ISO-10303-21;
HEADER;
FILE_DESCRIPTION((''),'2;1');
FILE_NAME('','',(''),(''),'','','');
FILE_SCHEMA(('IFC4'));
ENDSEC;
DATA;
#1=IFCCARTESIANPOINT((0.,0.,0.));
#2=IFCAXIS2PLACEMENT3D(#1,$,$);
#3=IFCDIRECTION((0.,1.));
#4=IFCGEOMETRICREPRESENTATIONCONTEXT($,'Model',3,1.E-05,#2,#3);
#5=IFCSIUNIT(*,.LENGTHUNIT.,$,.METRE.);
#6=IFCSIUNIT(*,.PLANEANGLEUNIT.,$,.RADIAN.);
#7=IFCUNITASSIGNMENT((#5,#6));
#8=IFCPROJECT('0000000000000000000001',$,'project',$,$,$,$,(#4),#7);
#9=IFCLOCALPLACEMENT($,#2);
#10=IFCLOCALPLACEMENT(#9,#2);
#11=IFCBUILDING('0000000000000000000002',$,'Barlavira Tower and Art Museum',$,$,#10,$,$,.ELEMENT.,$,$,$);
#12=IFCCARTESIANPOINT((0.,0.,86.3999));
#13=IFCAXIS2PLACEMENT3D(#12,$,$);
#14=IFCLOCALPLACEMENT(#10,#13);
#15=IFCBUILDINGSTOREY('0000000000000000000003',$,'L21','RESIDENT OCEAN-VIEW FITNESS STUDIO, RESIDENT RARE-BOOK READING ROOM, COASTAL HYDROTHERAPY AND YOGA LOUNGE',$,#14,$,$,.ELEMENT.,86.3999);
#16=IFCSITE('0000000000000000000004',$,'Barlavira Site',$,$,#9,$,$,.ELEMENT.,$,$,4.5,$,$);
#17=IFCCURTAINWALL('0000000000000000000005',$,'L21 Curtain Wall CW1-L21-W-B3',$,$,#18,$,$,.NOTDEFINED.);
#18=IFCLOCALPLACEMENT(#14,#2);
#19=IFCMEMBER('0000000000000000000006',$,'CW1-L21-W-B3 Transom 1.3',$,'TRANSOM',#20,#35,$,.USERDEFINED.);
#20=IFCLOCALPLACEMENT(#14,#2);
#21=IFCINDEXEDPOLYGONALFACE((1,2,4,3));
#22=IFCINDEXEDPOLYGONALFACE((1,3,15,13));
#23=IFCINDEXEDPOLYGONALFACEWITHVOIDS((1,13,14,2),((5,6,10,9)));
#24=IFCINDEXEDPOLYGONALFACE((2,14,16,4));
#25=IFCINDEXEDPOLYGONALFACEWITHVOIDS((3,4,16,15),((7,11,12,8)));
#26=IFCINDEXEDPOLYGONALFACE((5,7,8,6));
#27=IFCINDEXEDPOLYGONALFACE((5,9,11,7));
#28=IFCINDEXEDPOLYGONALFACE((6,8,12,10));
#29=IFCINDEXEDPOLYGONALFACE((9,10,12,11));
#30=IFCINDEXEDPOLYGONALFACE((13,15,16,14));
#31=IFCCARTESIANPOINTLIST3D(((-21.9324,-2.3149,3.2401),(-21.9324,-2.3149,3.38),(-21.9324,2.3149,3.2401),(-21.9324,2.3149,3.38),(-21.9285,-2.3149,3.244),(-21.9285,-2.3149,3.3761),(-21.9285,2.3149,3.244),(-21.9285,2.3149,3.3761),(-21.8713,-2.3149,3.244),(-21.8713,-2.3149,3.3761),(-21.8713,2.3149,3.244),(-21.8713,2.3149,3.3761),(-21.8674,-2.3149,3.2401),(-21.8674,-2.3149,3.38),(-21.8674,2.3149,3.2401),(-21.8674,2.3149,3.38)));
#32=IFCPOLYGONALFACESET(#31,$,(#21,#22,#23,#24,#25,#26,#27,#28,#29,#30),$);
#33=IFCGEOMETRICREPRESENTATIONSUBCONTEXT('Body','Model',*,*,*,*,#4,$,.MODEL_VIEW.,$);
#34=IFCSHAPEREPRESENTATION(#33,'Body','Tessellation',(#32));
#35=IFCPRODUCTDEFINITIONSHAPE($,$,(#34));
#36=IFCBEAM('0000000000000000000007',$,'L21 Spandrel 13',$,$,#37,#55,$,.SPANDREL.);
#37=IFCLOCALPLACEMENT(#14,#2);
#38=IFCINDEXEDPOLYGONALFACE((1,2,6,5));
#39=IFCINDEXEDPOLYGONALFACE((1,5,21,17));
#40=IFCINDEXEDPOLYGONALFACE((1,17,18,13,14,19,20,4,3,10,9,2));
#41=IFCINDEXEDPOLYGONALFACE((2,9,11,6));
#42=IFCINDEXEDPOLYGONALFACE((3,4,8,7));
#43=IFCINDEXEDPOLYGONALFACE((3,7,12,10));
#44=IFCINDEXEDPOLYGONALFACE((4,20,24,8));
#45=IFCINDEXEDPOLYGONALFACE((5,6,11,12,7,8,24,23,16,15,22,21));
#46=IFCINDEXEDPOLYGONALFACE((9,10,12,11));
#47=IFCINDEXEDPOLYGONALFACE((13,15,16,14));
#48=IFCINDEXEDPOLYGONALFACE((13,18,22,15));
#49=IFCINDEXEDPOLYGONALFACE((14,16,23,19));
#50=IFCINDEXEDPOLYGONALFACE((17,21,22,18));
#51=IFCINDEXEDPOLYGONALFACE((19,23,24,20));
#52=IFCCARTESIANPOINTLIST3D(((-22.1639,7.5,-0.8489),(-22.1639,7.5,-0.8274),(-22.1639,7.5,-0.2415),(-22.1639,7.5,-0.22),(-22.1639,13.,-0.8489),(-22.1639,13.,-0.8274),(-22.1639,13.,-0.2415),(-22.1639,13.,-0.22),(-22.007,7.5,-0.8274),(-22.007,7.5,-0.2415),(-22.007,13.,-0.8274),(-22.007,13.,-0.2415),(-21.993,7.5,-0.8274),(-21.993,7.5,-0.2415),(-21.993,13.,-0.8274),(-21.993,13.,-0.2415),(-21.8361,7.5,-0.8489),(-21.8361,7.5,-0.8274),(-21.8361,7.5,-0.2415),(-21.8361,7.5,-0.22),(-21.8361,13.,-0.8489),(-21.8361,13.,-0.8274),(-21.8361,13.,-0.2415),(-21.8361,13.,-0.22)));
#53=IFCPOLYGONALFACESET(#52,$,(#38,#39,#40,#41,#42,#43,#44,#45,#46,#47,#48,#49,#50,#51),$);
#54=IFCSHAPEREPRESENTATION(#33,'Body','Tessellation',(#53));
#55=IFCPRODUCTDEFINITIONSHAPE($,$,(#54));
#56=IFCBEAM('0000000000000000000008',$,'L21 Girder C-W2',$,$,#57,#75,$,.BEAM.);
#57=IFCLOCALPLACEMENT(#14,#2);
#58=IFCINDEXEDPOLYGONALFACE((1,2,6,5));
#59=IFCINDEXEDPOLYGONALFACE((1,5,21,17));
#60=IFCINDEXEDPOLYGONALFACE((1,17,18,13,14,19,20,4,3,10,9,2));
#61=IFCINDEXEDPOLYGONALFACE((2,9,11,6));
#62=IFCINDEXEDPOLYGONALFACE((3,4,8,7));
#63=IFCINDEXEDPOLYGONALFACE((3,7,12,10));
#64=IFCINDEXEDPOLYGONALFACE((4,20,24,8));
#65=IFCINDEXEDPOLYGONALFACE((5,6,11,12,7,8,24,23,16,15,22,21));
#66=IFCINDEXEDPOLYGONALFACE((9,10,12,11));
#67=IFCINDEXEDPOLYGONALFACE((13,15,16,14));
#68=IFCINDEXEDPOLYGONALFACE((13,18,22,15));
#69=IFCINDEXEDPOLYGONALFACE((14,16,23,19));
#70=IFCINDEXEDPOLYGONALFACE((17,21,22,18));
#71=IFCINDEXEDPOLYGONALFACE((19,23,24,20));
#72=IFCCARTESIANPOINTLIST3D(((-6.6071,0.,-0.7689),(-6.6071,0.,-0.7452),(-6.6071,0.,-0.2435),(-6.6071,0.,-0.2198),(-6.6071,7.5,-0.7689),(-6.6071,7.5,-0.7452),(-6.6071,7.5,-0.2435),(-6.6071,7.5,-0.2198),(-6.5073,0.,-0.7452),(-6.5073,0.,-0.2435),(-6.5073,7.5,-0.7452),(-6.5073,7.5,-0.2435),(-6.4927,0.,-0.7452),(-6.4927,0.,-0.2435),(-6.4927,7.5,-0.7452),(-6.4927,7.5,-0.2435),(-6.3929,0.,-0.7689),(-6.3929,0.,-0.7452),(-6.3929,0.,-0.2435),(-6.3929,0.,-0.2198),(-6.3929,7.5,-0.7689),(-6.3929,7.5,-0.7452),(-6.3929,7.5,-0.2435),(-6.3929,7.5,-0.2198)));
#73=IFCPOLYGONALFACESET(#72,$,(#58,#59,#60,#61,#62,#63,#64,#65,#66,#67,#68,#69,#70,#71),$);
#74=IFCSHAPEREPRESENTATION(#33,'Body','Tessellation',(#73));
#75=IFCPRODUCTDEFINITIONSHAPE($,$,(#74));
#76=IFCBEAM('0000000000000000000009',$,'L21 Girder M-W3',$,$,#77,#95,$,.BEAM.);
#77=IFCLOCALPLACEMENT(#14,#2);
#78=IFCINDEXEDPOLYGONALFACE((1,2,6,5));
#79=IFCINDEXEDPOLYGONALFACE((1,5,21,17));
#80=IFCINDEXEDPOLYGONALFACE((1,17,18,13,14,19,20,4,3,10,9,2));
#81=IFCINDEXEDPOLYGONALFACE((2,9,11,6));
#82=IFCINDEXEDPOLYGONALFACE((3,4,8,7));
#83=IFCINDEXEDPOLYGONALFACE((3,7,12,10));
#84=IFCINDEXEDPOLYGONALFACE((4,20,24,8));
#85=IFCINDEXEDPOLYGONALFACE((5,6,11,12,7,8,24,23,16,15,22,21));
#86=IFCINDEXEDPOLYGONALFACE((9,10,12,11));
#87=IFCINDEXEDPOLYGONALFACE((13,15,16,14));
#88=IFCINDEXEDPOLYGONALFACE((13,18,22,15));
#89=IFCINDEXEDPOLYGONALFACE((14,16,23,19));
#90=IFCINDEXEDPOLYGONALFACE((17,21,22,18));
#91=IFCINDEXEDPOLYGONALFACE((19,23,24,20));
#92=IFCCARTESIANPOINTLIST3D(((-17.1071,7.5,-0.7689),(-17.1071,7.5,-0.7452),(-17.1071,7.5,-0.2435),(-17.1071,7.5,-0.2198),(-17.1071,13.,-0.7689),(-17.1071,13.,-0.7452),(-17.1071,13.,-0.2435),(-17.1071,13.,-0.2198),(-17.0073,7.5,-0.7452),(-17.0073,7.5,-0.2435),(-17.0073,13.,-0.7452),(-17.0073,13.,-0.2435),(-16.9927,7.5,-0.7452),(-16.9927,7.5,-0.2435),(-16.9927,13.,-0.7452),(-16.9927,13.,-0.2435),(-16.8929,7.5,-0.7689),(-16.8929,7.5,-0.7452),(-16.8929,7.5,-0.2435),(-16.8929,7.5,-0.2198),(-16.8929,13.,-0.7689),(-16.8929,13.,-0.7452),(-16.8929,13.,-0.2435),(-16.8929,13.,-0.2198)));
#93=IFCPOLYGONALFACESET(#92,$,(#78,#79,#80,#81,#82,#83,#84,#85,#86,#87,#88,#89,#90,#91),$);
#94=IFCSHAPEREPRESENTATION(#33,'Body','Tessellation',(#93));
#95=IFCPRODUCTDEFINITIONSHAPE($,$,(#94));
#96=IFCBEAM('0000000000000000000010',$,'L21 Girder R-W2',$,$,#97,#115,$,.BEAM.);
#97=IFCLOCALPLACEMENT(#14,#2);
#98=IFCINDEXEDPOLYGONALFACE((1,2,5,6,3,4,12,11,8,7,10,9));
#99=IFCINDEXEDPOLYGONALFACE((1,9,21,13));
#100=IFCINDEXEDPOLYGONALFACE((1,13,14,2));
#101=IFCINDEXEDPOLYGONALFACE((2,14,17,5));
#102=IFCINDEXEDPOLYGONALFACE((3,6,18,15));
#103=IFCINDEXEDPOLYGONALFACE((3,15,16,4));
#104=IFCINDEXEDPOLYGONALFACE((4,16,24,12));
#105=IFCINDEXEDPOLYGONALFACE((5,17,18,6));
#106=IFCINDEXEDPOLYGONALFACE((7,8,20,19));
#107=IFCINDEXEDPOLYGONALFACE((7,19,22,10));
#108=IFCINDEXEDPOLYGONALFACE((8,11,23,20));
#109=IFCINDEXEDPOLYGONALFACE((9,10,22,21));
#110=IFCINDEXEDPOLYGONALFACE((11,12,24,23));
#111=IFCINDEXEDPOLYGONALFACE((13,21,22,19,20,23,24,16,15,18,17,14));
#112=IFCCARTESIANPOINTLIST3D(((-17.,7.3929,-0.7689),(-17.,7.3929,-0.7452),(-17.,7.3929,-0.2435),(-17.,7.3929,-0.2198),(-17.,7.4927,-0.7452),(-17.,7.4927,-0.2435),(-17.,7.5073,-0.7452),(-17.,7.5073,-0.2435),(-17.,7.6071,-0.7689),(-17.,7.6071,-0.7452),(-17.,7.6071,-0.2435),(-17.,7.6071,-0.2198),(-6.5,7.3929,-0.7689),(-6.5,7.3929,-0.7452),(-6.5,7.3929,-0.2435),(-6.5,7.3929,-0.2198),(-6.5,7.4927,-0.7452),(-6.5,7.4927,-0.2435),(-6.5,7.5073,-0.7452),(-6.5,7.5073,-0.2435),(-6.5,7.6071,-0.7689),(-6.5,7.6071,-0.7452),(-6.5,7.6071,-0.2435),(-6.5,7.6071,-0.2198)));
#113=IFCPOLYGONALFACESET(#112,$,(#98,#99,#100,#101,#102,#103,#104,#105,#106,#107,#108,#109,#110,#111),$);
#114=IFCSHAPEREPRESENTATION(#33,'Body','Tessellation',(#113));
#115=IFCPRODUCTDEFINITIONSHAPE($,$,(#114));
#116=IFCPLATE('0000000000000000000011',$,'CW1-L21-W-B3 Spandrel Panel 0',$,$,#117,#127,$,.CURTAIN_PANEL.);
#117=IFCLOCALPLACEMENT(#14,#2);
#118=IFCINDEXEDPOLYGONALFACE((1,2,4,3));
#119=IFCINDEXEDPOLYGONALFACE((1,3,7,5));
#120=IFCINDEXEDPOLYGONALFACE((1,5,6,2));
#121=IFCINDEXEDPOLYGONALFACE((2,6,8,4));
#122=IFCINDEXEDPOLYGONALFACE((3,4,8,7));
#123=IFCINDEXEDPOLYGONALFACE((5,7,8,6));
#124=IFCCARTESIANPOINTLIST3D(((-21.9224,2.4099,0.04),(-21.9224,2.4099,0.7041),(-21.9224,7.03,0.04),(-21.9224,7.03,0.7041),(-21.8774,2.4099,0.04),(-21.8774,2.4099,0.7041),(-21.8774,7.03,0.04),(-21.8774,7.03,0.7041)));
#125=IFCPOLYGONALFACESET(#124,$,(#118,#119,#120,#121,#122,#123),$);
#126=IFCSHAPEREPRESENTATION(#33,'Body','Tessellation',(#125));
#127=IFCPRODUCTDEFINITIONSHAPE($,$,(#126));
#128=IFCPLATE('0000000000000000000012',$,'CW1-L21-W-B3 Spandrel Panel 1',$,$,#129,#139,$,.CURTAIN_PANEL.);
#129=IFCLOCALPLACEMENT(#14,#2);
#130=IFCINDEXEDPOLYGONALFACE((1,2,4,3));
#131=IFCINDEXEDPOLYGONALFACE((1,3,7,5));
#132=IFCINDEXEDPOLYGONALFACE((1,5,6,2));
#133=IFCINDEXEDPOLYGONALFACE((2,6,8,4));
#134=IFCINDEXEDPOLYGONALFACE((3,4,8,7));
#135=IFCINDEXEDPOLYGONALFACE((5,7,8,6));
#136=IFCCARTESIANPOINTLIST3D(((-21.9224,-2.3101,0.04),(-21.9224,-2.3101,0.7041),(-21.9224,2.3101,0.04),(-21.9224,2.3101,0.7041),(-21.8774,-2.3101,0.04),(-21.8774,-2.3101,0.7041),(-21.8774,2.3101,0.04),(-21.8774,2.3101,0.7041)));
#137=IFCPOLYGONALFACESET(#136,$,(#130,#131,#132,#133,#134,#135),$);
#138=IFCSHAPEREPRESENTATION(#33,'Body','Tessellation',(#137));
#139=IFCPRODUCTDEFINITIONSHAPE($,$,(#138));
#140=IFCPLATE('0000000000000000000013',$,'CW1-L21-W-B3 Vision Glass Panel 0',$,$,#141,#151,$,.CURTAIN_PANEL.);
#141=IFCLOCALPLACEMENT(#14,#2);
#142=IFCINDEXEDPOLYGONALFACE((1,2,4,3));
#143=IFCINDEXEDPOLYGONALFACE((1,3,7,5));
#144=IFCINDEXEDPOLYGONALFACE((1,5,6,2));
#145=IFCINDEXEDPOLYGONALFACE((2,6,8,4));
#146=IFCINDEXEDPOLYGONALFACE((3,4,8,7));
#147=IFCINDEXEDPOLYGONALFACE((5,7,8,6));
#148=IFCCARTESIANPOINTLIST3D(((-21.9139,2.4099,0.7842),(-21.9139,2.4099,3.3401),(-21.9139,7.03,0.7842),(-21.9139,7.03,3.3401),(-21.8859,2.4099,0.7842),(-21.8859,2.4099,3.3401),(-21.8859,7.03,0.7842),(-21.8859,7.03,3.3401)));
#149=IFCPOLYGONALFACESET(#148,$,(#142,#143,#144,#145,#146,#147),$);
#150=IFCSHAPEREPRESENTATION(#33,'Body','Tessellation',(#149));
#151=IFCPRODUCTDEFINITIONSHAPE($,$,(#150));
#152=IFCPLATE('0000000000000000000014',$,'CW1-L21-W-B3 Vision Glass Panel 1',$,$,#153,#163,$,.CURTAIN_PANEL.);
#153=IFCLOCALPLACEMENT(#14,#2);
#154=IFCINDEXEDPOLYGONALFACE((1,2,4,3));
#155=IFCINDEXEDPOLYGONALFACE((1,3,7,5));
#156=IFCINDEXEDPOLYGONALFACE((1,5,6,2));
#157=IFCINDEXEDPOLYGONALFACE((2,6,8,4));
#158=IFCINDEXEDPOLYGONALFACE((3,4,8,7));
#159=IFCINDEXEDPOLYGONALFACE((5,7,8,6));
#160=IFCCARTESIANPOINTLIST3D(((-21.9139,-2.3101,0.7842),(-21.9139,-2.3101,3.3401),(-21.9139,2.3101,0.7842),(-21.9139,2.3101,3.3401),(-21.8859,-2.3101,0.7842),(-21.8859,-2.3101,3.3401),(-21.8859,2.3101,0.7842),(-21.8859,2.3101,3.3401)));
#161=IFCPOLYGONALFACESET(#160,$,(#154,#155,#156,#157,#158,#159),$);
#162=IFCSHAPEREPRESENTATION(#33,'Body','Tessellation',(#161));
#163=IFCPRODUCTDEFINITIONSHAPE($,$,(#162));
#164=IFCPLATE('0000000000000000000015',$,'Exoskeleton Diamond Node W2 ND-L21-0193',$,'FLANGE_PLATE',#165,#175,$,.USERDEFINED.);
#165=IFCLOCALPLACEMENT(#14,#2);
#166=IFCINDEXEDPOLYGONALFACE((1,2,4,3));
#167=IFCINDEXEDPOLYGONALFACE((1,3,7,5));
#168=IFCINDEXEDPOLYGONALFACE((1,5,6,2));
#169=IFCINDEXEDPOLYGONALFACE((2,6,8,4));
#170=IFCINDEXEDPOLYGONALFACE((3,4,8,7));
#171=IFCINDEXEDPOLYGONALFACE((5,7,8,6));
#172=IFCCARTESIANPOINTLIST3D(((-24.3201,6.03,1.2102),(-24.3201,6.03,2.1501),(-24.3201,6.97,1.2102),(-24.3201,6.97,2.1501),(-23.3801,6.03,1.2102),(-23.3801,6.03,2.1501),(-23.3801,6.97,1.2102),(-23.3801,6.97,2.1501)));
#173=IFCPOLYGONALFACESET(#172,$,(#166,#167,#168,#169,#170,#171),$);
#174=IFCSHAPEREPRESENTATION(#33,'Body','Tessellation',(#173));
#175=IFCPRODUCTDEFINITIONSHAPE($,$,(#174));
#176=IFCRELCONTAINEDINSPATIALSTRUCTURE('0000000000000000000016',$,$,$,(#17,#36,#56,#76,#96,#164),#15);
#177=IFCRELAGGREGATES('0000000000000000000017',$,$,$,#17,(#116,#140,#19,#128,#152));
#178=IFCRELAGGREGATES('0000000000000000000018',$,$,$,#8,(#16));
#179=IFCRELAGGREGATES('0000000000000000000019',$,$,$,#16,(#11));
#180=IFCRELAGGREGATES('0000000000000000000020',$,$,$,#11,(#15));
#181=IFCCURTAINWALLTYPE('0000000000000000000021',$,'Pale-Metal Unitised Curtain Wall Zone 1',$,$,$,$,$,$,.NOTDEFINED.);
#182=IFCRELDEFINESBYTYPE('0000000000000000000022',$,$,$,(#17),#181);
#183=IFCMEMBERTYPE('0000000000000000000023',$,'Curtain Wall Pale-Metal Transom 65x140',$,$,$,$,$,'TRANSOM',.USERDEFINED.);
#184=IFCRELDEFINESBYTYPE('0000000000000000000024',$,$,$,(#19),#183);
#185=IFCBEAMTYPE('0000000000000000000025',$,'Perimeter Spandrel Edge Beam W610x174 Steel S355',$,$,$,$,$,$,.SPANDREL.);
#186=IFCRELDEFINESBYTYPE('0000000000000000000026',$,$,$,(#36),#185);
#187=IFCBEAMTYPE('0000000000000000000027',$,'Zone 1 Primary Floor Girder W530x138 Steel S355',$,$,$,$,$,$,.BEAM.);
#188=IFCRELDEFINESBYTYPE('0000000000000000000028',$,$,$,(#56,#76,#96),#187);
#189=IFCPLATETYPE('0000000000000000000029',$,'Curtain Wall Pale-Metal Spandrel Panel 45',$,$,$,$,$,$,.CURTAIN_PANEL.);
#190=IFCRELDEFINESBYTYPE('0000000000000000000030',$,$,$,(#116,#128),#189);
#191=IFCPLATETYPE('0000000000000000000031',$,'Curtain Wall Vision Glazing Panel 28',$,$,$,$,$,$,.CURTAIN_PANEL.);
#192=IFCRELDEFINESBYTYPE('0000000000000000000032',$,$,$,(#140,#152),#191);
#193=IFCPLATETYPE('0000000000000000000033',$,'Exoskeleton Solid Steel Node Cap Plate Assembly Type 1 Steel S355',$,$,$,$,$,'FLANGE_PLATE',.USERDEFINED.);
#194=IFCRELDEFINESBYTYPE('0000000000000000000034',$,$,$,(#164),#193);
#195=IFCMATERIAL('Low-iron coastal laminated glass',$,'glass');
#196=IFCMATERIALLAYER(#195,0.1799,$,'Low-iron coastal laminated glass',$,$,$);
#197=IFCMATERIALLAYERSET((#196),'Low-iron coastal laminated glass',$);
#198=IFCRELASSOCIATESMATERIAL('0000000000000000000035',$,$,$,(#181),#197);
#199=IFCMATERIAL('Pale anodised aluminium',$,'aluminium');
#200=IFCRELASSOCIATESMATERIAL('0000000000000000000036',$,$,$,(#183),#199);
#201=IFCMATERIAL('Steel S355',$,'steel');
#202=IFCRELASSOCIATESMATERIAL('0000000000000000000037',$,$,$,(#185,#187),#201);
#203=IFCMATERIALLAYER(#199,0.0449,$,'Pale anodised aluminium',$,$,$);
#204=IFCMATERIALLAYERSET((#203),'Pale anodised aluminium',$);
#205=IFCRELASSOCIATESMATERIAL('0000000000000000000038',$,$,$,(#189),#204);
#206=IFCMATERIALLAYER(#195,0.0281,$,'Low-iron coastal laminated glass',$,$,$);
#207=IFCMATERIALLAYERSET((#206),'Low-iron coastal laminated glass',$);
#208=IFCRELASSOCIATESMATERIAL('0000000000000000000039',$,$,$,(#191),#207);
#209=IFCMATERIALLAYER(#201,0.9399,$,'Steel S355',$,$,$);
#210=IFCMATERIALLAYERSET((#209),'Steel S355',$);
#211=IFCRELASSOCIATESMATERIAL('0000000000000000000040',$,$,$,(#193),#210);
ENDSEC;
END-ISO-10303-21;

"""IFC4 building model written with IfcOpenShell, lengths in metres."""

from ifc_helpers import new_model, si_unit, direction, frame, origin, origin_2d, place, context, subcontext, project, spatial, rectangle, hollow_rectangle, i_section, extrude, material, layer, layer_set, material_profile, profile_set, type_object, element, aggregate, save


model = new_model("IFC4")

# Units and contexts
model_context = context("Model", 3, precision=1e-05, world=origin(), true_north=direction((0.0, 1.0)))
body_context = subcontext(model_context, "Body", "Model", "MODEL_VIEW")
ifc_project = project(units=[si_unit("LENGTHUNIT", "METRE"), si_unit("PLANEANGLEUNIT", "RADIAN")], contexts=[model_context])

# Site, building, storey
site_placement = place(None, origin())
site = spatial("IfcSite", under=ifc_project, at=site_placement, Name="Barlavira Site", CompositionType="ELEMENT", RefElevation=4.5)
building_placement = place(site_placement, origin())
building = spatial("IfcBuilding", under=site, at=building_placement, Name="Barlavira Tower and Art Museum", CompositionType="ELEMENT")
storey_placement = place(building_placement, frame((0.0, 0.0, 86.3999)))
storey = spatial("IfcBuildingStorey", under=building, at=storey_placement, Name="L21", Description="RESIDENT OCEAN-VIEW FITNESS STUDIO, RESIDENT RARE-BOOK READING ROOM, COASTAL HYDROTHERAPY AND YOGA LOUNGE", CompositionType="ELEMENT", Elevation=86.3999)

# Shared definitions
ifc_material_1 = material(Name="Steel S355", Category="steel")

# Curtain wall, member
ifc_material_2 = material(Name="Low-iron coastal laminated glass", Category="glass")
ifc_layer_1 = layer(ifc_material_2, 0.1799, Name="Low-iron coastal laminated glass")
ifc_layer_set_1 = layer_set([ifc_layer_1], Name="Low-iron coastal laminated glass")
curtain_wall_type = type_object("IfcCurtainWallType", Name="Pale-Metal Unitised Curtain Wall Zone 1", PredefinedType="NOTDEFINED", material=ifc_layer_set_1)
curtain_wall_placement = place(storey_placement, origin())
curtain_wall = element("IfcCurtainWall", 1, at=curtain_wall_placement, inside=storey, type_object=curtain_wall_type, Name="L21 Curtain Wall CW1-L21-W-B3", PredefinedType="NOTDEFINED")
ifc_material_3 = material(Name="Pale anodised aluminium", Category="aluminium")
ifc_material_profile_1 = material_profile(ifc_material_3, hollow_rectangle(XDim=0.0649, YDim=0.1399, WallThickness=0.0039, at=origin_2d()), Name="ALU-TRAN 65x140x4")
ifc_profile_set_1 = profile_set([ifc_material_profile_1], Name="Pale anodised aluminium")
member_type_1 = type_object("IfcMemberType", Name="Curtain Wall Pale-Metal Transom 65x140", ElementType="TRANSOM", PredefinedType="USERDEFINED", material=ifc_profile_set_1)
member_1_placement = place(storey_placement, frame((-21.8999, 2.3149, 3.3101), z_axis=(0.0, -1.0, 0.0), x_axis=(1.0, 0.0, 0.0)))
member_1 = element("IfcMember", 2, at=member_1_placement, type_object=member_type_1, Name="CW1-L21-W-B3 Transom 1.3", ObjectType="TRANSOM", PredefinedType="USERDEFINED", context=body_context, shape_type="SweptSolid", body=[
    extrude(hollow_rectangle(XDim=0.0649, YDim=0.1399, WallThickness=0.0039, at=origin_2d()), origin(), (0.0, 0.0, 1.0), 4.6299),
])

# Beams
ifc_material_profile_2 = material_profile(ifc_material_1, i_section(OverallWidth=0.3279, OverallDepth=0.6289, WebThickness=0.0139, FlangeThickness=0.0215, at=origin_2d()), Name="W610x174.0")
ifc_profile_set_2 = profile_set([ifc_material_profile_2], Name="Steel S355")
beam_type_1 = type_object("IfcBeamType", Name="Perimeter Spandrel Edge Beam W610x174 Steel S355", PredefinedType="SPANDREL", material=ifc_profile_set_2)
beam_1_placement = place(storey_placement, frame((-22.0, 7.5, -0.5344), z_axis=(0.0, 1.0, 0.0), x_axis=(-1.0, 0.0, 0.0)))
element("IfcBeam", 3, at=beam_1_placement, inside=storey, type_object=beam_type_1, Name="L21 Spandrel 13", PredefinedType="SPANDREL", context=body_context, shape_type="SweptSolid", body=[
    extrude(i_section(OverallWidth=0.3279, OverallDepth=0.6289, WebThickness=0.0139, FlangeThickness=0.0215, at=origin_2d()), origin(), (0.0, 0.0, 1.0), 5.5),
])
ifc_material_profile_3 = material_profile(ifc_material_1, i_section(OverallWidth=0.2141, OverallDepth=0.5491, WebThickness=0.0146, FlangeThickness=0.0237, at=origin_2d()), Name="W530x138.0")
ifc_profile_set_3 = profile_set([ifc_material_profile_3], Name="Steel S355")
beam_type_2 = type_object("IfcBeamType", Name="Zone 1 Primary Floor Girder W530x138 Steel S355", PredefinedType="BEAM", material=ifc_profile_set_3)
beam_2_placement = place(storey_placement, frame((-6.5, 0.0, -0.4944), z_axis=(0.0, 1.0, 0.0), x_axis=(-1.0, 0.0, 0.0)))
element("IfcBeam", 4, at=beam_2_placement, inside=storey, type_object=beam_type_2, Name="L21 Girder C-W2", PredefinedType="BEAM", context=body_context, shape_type="SweptSolid", body=[
    extrude(i_section(OverallWidth=0.2141, OverallDepth=0.5491, WebThickness=0.0146, FlangeThickness=0.0237, at=origin_2d()), origin(), (0.0, 0.0, 1.0), 7.5),
])
beam_3_placement = place(storey_placement, frame((-17.0, 7.5, -0.4944), z_axis=(0.0, 1.0, 0.0), x_axis=(-1.0, 0.0, 0.0)))
element("IfcBeam", 5, at=beam_3_placement, inside=storey, type_object=beam_type_2, Name="L21 Girder M-W3", PredefinedType="BEAM", context=body_context, shape_type="SweptSolid", body=[
    extrude(i_section(OverallWidth=0.2141, OverallDepth=0.5491, WebThickness=0.0146, FlangeThickness=0.0237, at=origin_2d()), origin(), (0.0, 0.0, 1.0), 5.5),
])
beam_4_placement = place(storey_placement, frame((-17.0, 7.5, -0.4944), z_axis=(1.0, 0.0, 0.0), x_axis=(0.0, 1.0, 0.0)))
element("IfcBeam", 6, at=beam_4_placement, inside=storey, type_object=beam_type_2, Name="L21 Girder R-W2", PredefinedType="BEAM", context=body_context, shape_type="SweptSolid", body=[
    extrude(i_section(OverallWidth=0.2141, OverallDepth=0.5491, WebThickness=0.0146, FlangeThickness=0.0237, at=origin_2d()), origin(), (0.0, 0.0, 1.0), 10.5),
])

# Plates
ifc_layer_2 = layer(ifc_material_3, 0.0449, Name="Pale anodised aluminium")
ifc_layer_set_2 = layer_set([ifc_layer_2], Name="Pale anodised aluminium")
plate_type_1 = type_object("IfcPlateType", Name="Curtain Wall Pale-Metal Spandrel Panel 45", PredefinedType="CURTAIN_PANEL", material=ifc_layer_set_2)
plate_1_placement = place(storey_placement, frame((-21.8999, 4.72, 0.04), z_axis=(0.0, 0.0, 1.0), x_axis=(0.0, -1.0, 0.0)))
plate_1 = element("IfcPlate", 7, at=plate_1_placement, type_object=plate_type_1, Name="CW1-L21-W-B3 Spandrel Panel 0", PredefinedType="CURTAIN_PANEL", context=body_context, shape_type="SweptSolid", body=[
    extrude(rectangle(XDim=4.6201, YDim=0.0449, at=origin_2d()), origin(), (0.0, 0.0, 1.0), 0.6641),
])
plate_2_placement = place(storey_placement, frame((-21.8999, 0.0, 0.04), z_axis=(0.0, 0.0, 1.0), x_axis=(0.0, -1.0, 0.0)))
plate_2 = element("IfcPlate", 8, at=plate_2_placement, type_object=plate_type_1, Name="CW1-L21-W-B3 Spandrel Panel 1", PredefinedType="CURTAIN_PANEL", context=body_context, shape_type="SweptSolid", body=[
    extrude(rectangle(XDim=4.6201, YDim=0.0449, at=origin_2d()), origin(), (0.0, 0.0, 1.0), 0.6641),
])
ifc_layer_3 = layer(ifc_material_2, 0.0281, Name="Low-iron coastal laminated glass")
ifc_layer_set_3 = layer_set([ifc_layer_3], Name="Low-iron coastal laminated glass")
plate_type_2 = type_object("IfcPlateType", Name="Curtain Wall Vision Glazing Panel 28", PredefinedType="CURTAIN_PANEL", material=ifc_layer_set_3)
plate_3_placement = place(storey_placement, frame((-21.8999, 4.72, 0.7842), z_axis=(0.0, 0.0, 1.0), x_axis=(0.0, -1.0, 0.0)))
plate_3 = element("IfcPlate", 9, at=plate_3_placement, type_object=plate_type_2, Name="CW1-L21-W-B3 Vision Glass Panel 0", PredefinedType="CURTAIN_PANEL", context=body_context, shape_type="SweptSolid", body=[
    extrude(rectangle(XDim=4.6201, YDim=0.0281, at=origin_2d()), origin(), (0.0, 0.0, 1.0), 2.5559),
])
plate_4_placement = place(storey_placement, frame((-21.8999, 0.0, 0.7842), z_axis=(0.0, 0.0, 1.0), x_axis=(0.0, -1.0, 0.0)))
plate_4 = element("IfcPlate", 10, at=plate_4_placement, type_object=plate_type_2, Name="CW1-L21-W-B3 Vision Glass Panel 1", PredefinedType="CURTAIN_PANEL", context=body_context, shape_type="SweptSolid", body=[
    extrude(rectangle(XDim=4.6201, YDim=0.0281, at=origin_2d()), origin(), (0.0, 0.0, 1.0), 2.5559),
])
aggregate(curtain_wall, [plate_1, plate_3, member_1, plate_2, plate_4])
ifc_layer_4 = layer(ifc_material_1, 0.9399, Name="Steel S355")
ifc_layer_set_4 = layer_set([ifc_layer_4], Name="Steel S355")
plate_type_3 = type_object("IfcPlateType", Name="Exoskeleton Solid Steel Node Cap Plate Assembly Type 1 Steel S355", ElementType="FLANGE_PLATE", PredefinedType="USERDEFINED", material=ifc_layer_set_4)
plate_5_placement = place(storey_placement, frame((-23.8501, 6.5, 1.2102), z_axis=(0.0, 0.0, 1.0), x_axis=(1.0, 0.0, 0.0)))
element("IfcPlate", 11, at=plate_5_placement, inside=storey, type_object=plate_type_3, Name="Exoskeleton Diamond Node W2 ND-L21-0193", ObjectType="FLANGE_PLATE", PredefinedType="USERDEFINED", context=body_context, shape_type="SweptSolid", body=[
    extrude(rectangle(XDim=0.9399, YDim=0.9399, at=origin_2d()), origin(), (0.0, 0.0, 1.0), 0.9399),
])

save(model, "model.ifc")
